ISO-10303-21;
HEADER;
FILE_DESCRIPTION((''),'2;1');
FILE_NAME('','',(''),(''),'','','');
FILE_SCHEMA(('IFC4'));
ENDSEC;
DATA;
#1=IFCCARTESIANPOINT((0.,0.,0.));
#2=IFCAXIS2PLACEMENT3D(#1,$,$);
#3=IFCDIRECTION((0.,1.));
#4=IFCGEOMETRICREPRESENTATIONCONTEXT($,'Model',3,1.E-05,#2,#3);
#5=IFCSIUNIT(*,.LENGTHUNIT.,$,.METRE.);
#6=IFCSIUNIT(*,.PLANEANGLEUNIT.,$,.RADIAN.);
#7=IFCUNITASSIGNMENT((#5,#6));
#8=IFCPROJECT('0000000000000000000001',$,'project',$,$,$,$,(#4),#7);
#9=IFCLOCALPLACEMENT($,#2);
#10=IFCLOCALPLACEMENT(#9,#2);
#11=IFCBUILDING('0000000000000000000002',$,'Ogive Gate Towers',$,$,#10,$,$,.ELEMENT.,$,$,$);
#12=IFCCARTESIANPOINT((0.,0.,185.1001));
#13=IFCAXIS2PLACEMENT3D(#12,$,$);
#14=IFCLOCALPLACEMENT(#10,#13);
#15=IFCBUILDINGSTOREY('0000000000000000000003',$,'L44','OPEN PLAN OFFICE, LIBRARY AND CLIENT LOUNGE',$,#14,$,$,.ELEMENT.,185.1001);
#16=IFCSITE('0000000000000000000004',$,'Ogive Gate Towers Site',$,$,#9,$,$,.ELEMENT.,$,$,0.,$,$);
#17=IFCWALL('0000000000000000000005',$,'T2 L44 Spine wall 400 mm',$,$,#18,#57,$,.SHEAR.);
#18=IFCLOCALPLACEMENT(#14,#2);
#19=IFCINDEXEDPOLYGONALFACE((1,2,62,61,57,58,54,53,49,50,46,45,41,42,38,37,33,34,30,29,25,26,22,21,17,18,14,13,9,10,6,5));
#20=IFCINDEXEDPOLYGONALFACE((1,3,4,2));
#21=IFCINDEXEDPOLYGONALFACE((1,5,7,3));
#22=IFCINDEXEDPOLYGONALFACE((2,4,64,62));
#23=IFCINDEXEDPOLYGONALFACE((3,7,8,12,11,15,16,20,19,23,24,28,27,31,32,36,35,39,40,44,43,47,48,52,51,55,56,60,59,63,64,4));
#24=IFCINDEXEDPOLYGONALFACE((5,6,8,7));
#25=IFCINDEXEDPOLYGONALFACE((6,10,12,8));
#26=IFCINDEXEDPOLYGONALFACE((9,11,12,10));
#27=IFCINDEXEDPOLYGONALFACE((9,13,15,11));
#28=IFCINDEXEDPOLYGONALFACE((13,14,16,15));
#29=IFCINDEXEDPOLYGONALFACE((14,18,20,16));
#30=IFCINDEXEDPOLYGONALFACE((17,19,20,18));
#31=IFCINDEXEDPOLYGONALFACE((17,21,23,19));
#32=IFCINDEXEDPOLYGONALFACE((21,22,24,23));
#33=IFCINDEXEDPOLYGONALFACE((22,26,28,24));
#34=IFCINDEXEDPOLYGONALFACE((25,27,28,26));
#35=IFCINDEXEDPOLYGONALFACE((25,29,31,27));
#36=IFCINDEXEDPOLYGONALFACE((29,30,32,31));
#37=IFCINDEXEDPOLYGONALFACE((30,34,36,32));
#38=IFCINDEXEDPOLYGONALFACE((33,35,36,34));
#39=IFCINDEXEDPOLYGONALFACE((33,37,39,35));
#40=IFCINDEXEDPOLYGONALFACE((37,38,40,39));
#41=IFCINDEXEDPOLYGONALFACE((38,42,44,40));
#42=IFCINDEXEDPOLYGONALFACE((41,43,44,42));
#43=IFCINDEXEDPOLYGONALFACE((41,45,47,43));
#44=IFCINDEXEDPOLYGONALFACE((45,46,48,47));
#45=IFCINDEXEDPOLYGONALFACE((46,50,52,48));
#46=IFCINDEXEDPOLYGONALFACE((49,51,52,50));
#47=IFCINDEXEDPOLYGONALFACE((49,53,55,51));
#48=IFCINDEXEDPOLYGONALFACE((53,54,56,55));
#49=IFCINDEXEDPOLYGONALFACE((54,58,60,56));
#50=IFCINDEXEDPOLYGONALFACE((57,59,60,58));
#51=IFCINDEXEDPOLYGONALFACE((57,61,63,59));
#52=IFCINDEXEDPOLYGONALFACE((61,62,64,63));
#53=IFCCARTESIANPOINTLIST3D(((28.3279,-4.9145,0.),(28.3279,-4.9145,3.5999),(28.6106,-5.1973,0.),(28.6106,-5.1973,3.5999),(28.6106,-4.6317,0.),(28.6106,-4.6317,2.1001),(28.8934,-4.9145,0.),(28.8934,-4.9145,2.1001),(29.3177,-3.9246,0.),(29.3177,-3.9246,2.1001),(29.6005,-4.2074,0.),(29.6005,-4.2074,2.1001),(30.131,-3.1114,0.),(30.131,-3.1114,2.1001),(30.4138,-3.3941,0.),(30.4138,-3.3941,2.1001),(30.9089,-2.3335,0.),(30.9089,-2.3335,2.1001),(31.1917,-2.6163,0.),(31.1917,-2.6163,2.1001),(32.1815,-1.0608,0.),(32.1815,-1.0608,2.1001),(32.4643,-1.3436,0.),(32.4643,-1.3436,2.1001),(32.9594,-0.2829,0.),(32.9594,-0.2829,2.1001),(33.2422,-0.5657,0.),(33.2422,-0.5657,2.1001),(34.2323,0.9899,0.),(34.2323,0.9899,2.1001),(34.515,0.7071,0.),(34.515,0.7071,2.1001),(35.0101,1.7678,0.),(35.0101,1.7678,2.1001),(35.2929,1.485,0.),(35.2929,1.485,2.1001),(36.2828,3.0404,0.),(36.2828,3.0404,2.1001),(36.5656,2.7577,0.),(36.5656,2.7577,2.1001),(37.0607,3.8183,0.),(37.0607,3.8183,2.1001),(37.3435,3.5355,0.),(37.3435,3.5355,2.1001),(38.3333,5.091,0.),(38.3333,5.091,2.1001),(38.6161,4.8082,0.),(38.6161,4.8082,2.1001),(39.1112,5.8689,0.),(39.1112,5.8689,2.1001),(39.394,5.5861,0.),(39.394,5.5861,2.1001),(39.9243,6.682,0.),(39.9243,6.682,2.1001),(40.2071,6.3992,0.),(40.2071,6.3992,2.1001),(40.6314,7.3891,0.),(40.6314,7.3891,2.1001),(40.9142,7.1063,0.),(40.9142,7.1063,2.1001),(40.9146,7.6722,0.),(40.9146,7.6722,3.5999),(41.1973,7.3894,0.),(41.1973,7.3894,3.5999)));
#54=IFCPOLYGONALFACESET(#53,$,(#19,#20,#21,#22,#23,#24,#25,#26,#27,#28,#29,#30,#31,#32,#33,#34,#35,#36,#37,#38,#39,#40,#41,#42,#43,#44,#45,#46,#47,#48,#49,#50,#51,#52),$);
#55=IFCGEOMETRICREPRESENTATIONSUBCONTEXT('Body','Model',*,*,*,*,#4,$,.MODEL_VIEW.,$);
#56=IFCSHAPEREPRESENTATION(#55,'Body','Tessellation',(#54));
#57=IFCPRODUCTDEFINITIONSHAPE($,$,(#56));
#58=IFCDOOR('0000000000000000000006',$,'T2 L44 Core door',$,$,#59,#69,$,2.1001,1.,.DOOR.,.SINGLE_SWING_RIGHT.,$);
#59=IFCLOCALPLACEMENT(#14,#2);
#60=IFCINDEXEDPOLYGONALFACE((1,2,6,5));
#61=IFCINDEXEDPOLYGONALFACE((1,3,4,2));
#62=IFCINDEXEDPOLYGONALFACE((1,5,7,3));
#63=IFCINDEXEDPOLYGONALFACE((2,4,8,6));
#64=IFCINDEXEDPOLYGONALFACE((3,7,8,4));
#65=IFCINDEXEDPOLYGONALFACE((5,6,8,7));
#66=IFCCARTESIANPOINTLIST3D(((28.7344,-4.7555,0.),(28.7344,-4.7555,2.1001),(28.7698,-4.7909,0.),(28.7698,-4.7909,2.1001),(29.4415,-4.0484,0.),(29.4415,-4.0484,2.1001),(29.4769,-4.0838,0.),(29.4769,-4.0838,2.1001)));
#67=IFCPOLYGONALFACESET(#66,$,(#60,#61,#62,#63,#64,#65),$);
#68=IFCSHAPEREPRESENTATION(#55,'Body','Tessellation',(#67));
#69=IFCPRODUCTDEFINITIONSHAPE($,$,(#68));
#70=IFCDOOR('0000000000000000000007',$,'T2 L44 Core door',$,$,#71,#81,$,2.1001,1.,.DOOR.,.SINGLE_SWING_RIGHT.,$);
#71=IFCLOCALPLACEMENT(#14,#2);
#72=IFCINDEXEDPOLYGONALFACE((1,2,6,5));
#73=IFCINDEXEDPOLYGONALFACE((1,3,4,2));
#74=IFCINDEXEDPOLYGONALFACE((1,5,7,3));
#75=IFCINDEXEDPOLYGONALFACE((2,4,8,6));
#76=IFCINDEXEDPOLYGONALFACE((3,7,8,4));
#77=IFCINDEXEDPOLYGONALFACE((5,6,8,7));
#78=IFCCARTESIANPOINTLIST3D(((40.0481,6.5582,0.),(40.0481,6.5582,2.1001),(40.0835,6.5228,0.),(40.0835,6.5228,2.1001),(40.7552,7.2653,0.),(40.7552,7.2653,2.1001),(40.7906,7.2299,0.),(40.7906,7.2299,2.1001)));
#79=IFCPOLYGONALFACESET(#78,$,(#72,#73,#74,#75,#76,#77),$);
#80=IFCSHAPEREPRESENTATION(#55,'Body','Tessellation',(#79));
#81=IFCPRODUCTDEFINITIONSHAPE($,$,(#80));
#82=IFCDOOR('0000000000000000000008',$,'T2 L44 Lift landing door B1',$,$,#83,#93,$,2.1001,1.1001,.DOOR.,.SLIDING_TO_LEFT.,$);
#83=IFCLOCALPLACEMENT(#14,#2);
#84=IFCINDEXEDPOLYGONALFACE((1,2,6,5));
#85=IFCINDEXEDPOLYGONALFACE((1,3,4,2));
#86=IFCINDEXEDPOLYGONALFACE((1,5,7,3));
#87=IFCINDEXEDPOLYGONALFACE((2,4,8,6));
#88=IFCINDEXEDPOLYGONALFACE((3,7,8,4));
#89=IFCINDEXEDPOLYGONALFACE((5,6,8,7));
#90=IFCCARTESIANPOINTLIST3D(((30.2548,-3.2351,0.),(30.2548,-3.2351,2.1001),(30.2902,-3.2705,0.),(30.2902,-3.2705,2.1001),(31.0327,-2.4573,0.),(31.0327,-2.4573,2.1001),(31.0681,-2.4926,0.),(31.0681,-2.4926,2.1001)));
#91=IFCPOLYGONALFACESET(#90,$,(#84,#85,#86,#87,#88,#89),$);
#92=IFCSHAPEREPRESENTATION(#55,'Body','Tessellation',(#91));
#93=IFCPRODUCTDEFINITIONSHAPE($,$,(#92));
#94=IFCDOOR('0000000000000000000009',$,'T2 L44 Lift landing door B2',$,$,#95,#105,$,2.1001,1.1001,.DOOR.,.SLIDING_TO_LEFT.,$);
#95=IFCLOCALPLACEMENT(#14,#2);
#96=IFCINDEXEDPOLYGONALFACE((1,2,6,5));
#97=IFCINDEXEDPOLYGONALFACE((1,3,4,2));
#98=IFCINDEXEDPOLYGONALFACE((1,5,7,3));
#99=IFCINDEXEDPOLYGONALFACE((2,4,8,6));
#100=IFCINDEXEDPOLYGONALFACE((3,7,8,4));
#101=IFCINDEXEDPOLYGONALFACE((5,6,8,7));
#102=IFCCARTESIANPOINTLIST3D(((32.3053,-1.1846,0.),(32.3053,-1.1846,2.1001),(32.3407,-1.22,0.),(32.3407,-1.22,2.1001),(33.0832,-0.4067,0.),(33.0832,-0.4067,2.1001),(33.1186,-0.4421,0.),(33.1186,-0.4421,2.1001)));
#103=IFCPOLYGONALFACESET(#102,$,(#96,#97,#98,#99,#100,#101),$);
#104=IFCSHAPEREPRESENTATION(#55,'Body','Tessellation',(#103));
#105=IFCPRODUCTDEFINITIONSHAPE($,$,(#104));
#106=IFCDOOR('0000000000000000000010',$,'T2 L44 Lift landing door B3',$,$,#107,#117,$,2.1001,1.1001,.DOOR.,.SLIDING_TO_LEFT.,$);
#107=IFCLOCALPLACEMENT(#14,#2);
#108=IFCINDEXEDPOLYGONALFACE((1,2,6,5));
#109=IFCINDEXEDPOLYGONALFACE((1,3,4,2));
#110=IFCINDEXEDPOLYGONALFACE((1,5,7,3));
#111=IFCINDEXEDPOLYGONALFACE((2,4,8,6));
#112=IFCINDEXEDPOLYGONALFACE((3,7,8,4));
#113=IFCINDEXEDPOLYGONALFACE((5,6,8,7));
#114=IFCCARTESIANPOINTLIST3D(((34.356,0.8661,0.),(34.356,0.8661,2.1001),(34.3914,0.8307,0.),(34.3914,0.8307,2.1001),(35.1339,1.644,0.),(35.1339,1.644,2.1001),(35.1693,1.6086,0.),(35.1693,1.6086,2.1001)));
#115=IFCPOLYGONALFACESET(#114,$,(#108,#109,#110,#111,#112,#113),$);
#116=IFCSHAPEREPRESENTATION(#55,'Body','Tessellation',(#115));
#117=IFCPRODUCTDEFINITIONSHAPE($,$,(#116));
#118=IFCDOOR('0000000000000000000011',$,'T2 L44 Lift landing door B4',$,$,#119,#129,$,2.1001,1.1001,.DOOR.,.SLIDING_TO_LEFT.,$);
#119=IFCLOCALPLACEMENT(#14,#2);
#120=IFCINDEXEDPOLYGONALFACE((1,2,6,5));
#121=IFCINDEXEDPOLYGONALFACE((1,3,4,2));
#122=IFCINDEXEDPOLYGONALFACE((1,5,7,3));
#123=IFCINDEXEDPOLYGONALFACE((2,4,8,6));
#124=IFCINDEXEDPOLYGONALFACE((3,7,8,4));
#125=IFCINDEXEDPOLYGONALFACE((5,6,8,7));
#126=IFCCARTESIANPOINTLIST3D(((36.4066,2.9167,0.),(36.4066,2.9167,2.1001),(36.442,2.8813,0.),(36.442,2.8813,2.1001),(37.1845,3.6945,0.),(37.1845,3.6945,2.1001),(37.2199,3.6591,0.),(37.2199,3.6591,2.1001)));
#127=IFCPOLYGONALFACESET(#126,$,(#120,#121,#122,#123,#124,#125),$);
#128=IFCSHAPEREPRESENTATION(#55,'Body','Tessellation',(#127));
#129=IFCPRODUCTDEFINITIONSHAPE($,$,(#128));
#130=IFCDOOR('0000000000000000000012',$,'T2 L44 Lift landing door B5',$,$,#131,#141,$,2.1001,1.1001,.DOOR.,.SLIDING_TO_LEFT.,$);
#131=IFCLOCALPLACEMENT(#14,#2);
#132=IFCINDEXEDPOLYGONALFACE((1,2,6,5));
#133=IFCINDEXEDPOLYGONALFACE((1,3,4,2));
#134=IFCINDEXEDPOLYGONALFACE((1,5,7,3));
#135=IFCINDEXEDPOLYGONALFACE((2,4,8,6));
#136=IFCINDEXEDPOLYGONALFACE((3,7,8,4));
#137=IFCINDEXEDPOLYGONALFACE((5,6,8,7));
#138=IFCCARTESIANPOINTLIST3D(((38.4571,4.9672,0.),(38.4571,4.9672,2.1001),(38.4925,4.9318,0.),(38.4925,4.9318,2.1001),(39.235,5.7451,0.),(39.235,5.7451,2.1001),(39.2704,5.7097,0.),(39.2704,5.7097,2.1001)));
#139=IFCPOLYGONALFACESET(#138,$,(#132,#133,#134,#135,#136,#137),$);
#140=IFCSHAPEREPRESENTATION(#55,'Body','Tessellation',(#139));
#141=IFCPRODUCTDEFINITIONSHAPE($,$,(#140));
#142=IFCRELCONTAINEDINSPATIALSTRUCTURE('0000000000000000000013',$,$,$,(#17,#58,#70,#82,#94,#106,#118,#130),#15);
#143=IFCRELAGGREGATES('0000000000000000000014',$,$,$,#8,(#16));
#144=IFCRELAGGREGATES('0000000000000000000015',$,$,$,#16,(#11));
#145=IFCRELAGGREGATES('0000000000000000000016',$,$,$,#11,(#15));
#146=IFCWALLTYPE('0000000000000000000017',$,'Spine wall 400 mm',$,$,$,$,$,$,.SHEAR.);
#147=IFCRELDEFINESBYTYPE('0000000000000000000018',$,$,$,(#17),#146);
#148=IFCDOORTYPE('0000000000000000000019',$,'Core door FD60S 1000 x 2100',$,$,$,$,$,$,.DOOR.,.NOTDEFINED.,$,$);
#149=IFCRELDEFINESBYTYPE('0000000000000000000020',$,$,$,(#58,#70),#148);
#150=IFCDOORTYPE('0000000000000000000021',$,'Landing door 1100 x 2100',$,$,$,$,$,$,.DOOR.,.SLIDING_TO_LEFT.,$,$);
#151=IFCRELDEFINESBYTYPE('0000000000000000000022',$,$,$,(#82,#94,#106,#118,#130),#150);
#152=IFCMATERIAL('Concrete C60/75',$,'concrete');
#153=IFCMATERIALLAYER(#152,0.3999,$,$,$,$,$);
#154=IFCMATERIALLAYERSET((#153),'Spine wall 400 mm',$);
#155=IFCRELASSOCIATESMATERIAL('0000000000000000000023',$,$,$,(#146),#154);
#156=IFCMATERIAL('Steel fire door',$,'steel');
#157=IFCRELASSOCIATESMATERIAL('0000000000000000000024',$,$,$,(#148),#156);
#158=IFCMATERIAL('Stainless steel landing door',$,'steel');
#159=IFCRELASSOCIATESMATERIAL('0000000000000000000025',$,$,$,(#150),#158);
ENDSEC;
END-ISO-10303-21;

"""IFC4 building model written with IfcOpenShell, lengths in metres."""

from ifc_helpers import new_model, si_unit, direction, frame, frame_2d, origin, place, context, subcontext, project, spatial, rectangle, extrude, material, layer, layer_set, type_object, element, fill, save


model = new_model("IFC4")

# Units and contexts
model_context = context("Model", 3, precision=1e-05, world=origin(), true_north=direction((0.0, 1.0)))
body_context = subcontext(model_context, "Body", "Model", "MODEL_VIEW")
ifc_project = project(units=[si_unit("LENGTHUNIT", "METRE"), si_unit("PLANEANGLEUNIT", "RADIAN")], contexts=[model_context])

# Site, building, storey
site_placement = place(None, origin())
site = spatial("IfcSite", under=ifc_project, at=site_placement, Name="Ogive Gate Towers Site", CompositionType="ELEMENT", RefElevation=0.0)
building_placement = place(site_placement, origin())
building = spatial("IfcBuilding", under=site, at=building_placement, Name="Ogive Gate Towers", CompositionType="ELEMENT")
storey_placement = place(building_placement, frame((0.0, 0.0, 185.1001)))
storey = spatial("IfcBuildingStorey", under=building, at=storey_placement, Name="L44", Description="OPEN PLAN OFFICE, LIBRARY AND CLIENT LOUNGE", CompositionType="ELEMENT", Elevation=185.1001)

# Shared definitions
ifc_material_1 = material(Name="Concrete C60/75", Category="concrete")

# Wall, openings, doors
ifc_layer_1 = layer(ifc_material_1, 0.3999)
ifc_layer_set_1 = layer_set([ifc_layer_1], Name="Spine wall 400 mm")
wall_type_1 = type_object("IfcWallType", Name="Spine wall 400 mm", PredefinedType="SHEAR", material=ifc_layer_set_1)
ifc_material_2 = material(Name="Steel fire door", Category="steel")
door_type_1 = type_object("IfcDoorType", Name="Core door FD60S 1000 x 2100", OperationType="NOTDEFINED", PredefinedType="DOOR", material=ifc_material_2)
ifc_material_3 = material(Name="Stainless steel landing door", Category="steel")
door_type_2 = type_object("IfcDoorType", Name="Landing door 1100 x 2100", OperationType="SLIDING_TO_LEFT", PredefinedType="DOOR", material=ifc_material_3)
wall_1_placement = place(storey_placement, frame((28.4692, -5.0559, 0.0), z_axis=(0.0, 0.0, 1.0), x_axis=(0.707107, 0.707107, 0.0)))
wall_1 = element("IfcWall", 1, at=wall_1_placement, inside=storey, type_object=wall_type_1, Name="T2 L44 Spine wall 400 mm", PredefinedType="SHEAR", context=body_context, shape_type="SweptSolid", body=[
    extrude(rectangle(XDim=17.8003, YDim=0.3999, at=frame_2d((8.9001, 0.0))), origin(), (0.0, 0.0, 1.0), 3.5999),
])
opening_1_placement = place(wall_1_placement, frame((0.3999, 0.0, 0.0)))
opening_1 = element("IfcOpeningElement", 2, at=opening_1_placement, cuts=wall_1, PredefinedType="OPENING", context=body_context, shape_type="SweptSolid", body=[
    extrude(rectangle(XDim=1.0, YDim=2.1001, at=frame_2d((0.5, 1.05))), frame((0.0, 0.21, 0.0), z_axis=(0.0, -1.0, 0.0), x_axis=(1.0, 0.0, 0.0)), (0.0, 0.0, 1.0), 0.4199),
])
opening_2_placement = place(wall_1_placement, frame((2.55, 0.0, 0.0)))
opening_2 = element("IfcOpeningElement", 3, at=opening_2_placement, cuts=wall_1, PredefinedType="OPENING", context=body_context, shape_type="SweptSolid", body=[
    extrude(rectangle(XDim=1.1001, YDim=2.1001, at=frame_2d((0.55, 1.05))), frame((0.0, 0.21, 0.0), z_axis=(0.0, -1.0, 0.0), x_axis=(1.0, 0.0, 0.0)), (0.0, 0.0, 1.0), 0.4199),
])
opening_3_placement = place(wall_1_placement, frame((5.45, 0.0, 0.0)))
opening_3 = element("IfcOpeningElement", 4, at=opening_3_placement, cuts=wall_1, PredefinedType="OPENING", context=body_context, shape_type="SweptSolid", body=[
    extrude(rectangle(XDim=1.1001, YDim=2.1001, at=frame_2d((0.55, 1.05))), frame((0.0, 0.21, 0.0), z_axis=(0.0, -1.0, 0.0), x_axis=(1.0, 0.0, 0.0)), (0.0, 0.0, 1.0), 0.4199),
])
opening_4_placement = place(wall_1_placement, frame((8.3501, 0.0, 0.0)))
opening_4 = element("IfcOpeningElement", 5, at=opening_4_placement, cuts=wall_1, PredefinedType="OPENING", context=body_context, shape_type="SweptSolid", body=[
    extrude(rectangle(XDim=1.1001, YDim=2.1001, at=frame_2d((0.55, 1.05))), frame((0.0, 0.21, 0.0), z_axis=(0.0, -1.0, 0.0), x_axis=(1.0, 0.0, 0.0)), (0.0, 0.0, 1.0), 0.4199),
])
opening_5_placement = place(wall_1_placement, frame((11.25, 0.0, 0.0)))
opening_5 = element("IfcOpeningElement", 6, at=opening_5_placement, cuts=wall_1, PredefinedType="OPENING", context=body_context, shape_type="SweptSolid", body=[
    extrude(rectangle(XDim=1.1001, YDim=2.1001, at=frame_2d((0.55, 1.05))), frame((0.0, 0.21, 0.0), z_axis=(0.0, -1.0, 0.0), x_axis=(1.0, 0.0, 0.0)), (0.0, 0.0, 1.0), 0.4199),
])
opening_6_placement = place(wall_1_placement, frame((14.1499, 0.0, 0.0)))
opening_6 = element("IfcOpeningElement", 7, at=opening_6_placement, cuts=wall_1, PredefinedType="OPENING", context=body_context, shape_type="SweptSolid", body=[
    extrude(rectangle(XDim=1.1001, YDim=2.1001, at=frame_2d((0.55, 1.05))), frame((0.0, 0.21, 0.0), z_axis=(0.0, -1.0, 0.0), x_axis=(1.0, 0.0, 0.0)), (0.0, 0.0, 1.0), 0.4199),
])
opening_7_placement = place(wall_1_placement, frame((16.3999, 0.0, 0.0)))
opening_7 = element("IfcOpeningElement", 8, at=opening_7_placement, cuts=wall_1, PredefinedType="OPENING", context=body_context, shape_type="SweptSolid", body=[
    extrude(rectangle(XDim=1.0, YDim=2.1001, at=frame_2d((0.5, 1.05))), frame((0.0, 0.21, 0.0), z_axis=(0.0, -1.0, 0.0), x_axis=(1.0, 0.0, 0.0)), (0.0, 0.0, 1.0), 0.4199),
])
door_1_placement = place(opening_1_placement, origin())
door_1 = element("IfcDoor", 9, at=door_1_placement, inside=storey, type_object=door_type_1, Name="T2 L44 Core door", OperationType="SINGLE_SWING_RIGHT", OverallHeight=2.1001, OverallWidth=1.0, PredefinedType="DOOR", context=body_context, shape_type="SweptSolid", body=[
    extrude(rectangle(XDim=1.0, YDim=2.1001, at=frame_2d((0.5, 1.05))), frame((0.0, 0.0249, 0.0), z_axis=(0.0, -1.0, 0.0), x_axis=(1.0, 0.0, 0.0)), (0.0, 0.0, 1.0), 0.05),
])
fill(opening_1, door_1)
door_2_placement = place(opening_7_placement, origin())
door_2 = element("IfcDoor", 10, at=door_2_placement, inside=storey, type_object=door_type_1, Name="T2 L44 Core door", OperationType="SINGLE_SWING_RIGHT", OverallHeight=2.1001, OverallWidth=1.0, PredefinedType="DOOR", context=body_context, shape_type="SweptSolid", body=[
    extrude(rectangle(XDim=1.0, YDim=2.1001, at=frame_2d((0.5, 1.05))), frame((0.0, 0.0249, 0.0), z_axis=(0.0, -1.0, 0.0), x_axis=(1.0, 0.0, 0.0)), (0.0, 0.0, 1.0), 0.05),
])
fill(opening_7, door_2)
door_3_placement = place(opening_2_placement, origin())
door_3 = element("IfcDoor", 11, at=door_3_placement, inside=storey, type_object=door_type_2, Name="T2 L44 Lift landing door B1", OperationType="SLIDING_TO_LEFT", OverallHeight=2.1001, OverallWidth=1.1001, PredefinedType="DOOR", context=body_context, shape_type="SweptSolid", body=[
    extrude(rectangle(XDim=1.1001, YDim=2.1001, at=frame_2d((0.55, 1.05))), frame((0.0, 0.0249, 0.0), z_axis=(0.0, -1.0, 0.0), x_axis=(1.0, 0.0, 0.0)), (0.0, 0.0, 1.0), 0.05),
])
fill(opening_2, door_3)
door_4_placement = place(opening_3_placement, origin())
door_4 = element("IfcDoor", 12, at=door_4_placement, inside=storey, type_object=door_type_2, Name="T2 L44 Lift landing door B2", OperationType="SLIDING_TO_LEFT", OverallHeight=2.1001, OverallWidth=1.1001, PredefinedType="DOOR", context=body_context, shape_type="SweptSolid", body=[
    extrude(rectangle(XDim=1.1001, YDim=2.1001, at=frame_2d((0.55, 1.05))), frame((0.0, 0.0249, 0.0), z_axis=(0.0, -1.0, 0.0), x_axis=(1.0, 0.0, 0.0)), (0.0, 0.0, 1.0), 0.05),
])
fill(opening_3, door_4)
door_5_placement = place(opening_4_placement, origin())
door_5 = element("IfcDoor", 13, at=door_5_placement, inside=storey, type_object=door_type_2, Name="T2 L44 Lift landing door B3", OperationType="SLIDING_TO_LEFT", OverallHeight=2.1001, OverallWidth=1.1001, PredefinedType="DOOR", context=body_context, shape_type="SweptSolid", body=[
    extrude(rectangle(XDim=1.1001, YDim=2.1001, at=frame_2d((0.55, 1.05))), frame((0.0, 0.0249, 0.0), z_axis=(0.0, -1.0, 0.0), x_axis=(1.0, 0.0, 0.0)), (0.0, 0.0, 1.0), 0.05),
])
fill(opening_4, door_5)
door_6_placement = place(opening_5_placement, origin())
door_6 = element("IfcDoor", 14, at=door_6_placement, inside=storey, type_object=door_type_2, Name="T2 L44 Lift landing door B4", OperationType="SLIDING_TO_LEFT", OverallHeight=2.1001, OverallWidth=1.1001, PredefinedType="DOOR", context=body_context, shape_type="SweptSolid", body=[
    extrude(rectangle(XDim=1.1001, YDim=2.1001, at=frame_2d((0.55, 1.05))), frame((0.0, 0.0249, 0.0), z_axis=(0.0, -1.0, 0.0), x_axis=(1.0, 0.0, 0.0)), (0.0, 0.0, 1.0), 0.05),
])
fill(opening_5, door_6)
door_7_placement = place(opening_6_placement, origin())
door_7 = element("IfcDoor", 15, at=door_7_placement, inside=storey, type_object=door_type_2, Name="T2 L44 Lift landing door B5", OperationType="SLIDING_TO_LEFT", OverallHeight=2.1001, OverallWidth=1.1001, PredefinedType="DOOR", context=body_context, shape_type="SweptSolid", body=[
    extrude(rectangle(XDim=1.1001, YDim=2.1001, at=frame_2d((0.55, 1.05))), frame((0.0, 0.0249, 0.0), z_axis=(0.0, -1.0, 0.0), x_axis=(1.0, 0.0, 0.0)), (0.0, 0.0, 1.0), 0.05),
])
fill(opening_6, door_7)

save(model, "model.ifc")
